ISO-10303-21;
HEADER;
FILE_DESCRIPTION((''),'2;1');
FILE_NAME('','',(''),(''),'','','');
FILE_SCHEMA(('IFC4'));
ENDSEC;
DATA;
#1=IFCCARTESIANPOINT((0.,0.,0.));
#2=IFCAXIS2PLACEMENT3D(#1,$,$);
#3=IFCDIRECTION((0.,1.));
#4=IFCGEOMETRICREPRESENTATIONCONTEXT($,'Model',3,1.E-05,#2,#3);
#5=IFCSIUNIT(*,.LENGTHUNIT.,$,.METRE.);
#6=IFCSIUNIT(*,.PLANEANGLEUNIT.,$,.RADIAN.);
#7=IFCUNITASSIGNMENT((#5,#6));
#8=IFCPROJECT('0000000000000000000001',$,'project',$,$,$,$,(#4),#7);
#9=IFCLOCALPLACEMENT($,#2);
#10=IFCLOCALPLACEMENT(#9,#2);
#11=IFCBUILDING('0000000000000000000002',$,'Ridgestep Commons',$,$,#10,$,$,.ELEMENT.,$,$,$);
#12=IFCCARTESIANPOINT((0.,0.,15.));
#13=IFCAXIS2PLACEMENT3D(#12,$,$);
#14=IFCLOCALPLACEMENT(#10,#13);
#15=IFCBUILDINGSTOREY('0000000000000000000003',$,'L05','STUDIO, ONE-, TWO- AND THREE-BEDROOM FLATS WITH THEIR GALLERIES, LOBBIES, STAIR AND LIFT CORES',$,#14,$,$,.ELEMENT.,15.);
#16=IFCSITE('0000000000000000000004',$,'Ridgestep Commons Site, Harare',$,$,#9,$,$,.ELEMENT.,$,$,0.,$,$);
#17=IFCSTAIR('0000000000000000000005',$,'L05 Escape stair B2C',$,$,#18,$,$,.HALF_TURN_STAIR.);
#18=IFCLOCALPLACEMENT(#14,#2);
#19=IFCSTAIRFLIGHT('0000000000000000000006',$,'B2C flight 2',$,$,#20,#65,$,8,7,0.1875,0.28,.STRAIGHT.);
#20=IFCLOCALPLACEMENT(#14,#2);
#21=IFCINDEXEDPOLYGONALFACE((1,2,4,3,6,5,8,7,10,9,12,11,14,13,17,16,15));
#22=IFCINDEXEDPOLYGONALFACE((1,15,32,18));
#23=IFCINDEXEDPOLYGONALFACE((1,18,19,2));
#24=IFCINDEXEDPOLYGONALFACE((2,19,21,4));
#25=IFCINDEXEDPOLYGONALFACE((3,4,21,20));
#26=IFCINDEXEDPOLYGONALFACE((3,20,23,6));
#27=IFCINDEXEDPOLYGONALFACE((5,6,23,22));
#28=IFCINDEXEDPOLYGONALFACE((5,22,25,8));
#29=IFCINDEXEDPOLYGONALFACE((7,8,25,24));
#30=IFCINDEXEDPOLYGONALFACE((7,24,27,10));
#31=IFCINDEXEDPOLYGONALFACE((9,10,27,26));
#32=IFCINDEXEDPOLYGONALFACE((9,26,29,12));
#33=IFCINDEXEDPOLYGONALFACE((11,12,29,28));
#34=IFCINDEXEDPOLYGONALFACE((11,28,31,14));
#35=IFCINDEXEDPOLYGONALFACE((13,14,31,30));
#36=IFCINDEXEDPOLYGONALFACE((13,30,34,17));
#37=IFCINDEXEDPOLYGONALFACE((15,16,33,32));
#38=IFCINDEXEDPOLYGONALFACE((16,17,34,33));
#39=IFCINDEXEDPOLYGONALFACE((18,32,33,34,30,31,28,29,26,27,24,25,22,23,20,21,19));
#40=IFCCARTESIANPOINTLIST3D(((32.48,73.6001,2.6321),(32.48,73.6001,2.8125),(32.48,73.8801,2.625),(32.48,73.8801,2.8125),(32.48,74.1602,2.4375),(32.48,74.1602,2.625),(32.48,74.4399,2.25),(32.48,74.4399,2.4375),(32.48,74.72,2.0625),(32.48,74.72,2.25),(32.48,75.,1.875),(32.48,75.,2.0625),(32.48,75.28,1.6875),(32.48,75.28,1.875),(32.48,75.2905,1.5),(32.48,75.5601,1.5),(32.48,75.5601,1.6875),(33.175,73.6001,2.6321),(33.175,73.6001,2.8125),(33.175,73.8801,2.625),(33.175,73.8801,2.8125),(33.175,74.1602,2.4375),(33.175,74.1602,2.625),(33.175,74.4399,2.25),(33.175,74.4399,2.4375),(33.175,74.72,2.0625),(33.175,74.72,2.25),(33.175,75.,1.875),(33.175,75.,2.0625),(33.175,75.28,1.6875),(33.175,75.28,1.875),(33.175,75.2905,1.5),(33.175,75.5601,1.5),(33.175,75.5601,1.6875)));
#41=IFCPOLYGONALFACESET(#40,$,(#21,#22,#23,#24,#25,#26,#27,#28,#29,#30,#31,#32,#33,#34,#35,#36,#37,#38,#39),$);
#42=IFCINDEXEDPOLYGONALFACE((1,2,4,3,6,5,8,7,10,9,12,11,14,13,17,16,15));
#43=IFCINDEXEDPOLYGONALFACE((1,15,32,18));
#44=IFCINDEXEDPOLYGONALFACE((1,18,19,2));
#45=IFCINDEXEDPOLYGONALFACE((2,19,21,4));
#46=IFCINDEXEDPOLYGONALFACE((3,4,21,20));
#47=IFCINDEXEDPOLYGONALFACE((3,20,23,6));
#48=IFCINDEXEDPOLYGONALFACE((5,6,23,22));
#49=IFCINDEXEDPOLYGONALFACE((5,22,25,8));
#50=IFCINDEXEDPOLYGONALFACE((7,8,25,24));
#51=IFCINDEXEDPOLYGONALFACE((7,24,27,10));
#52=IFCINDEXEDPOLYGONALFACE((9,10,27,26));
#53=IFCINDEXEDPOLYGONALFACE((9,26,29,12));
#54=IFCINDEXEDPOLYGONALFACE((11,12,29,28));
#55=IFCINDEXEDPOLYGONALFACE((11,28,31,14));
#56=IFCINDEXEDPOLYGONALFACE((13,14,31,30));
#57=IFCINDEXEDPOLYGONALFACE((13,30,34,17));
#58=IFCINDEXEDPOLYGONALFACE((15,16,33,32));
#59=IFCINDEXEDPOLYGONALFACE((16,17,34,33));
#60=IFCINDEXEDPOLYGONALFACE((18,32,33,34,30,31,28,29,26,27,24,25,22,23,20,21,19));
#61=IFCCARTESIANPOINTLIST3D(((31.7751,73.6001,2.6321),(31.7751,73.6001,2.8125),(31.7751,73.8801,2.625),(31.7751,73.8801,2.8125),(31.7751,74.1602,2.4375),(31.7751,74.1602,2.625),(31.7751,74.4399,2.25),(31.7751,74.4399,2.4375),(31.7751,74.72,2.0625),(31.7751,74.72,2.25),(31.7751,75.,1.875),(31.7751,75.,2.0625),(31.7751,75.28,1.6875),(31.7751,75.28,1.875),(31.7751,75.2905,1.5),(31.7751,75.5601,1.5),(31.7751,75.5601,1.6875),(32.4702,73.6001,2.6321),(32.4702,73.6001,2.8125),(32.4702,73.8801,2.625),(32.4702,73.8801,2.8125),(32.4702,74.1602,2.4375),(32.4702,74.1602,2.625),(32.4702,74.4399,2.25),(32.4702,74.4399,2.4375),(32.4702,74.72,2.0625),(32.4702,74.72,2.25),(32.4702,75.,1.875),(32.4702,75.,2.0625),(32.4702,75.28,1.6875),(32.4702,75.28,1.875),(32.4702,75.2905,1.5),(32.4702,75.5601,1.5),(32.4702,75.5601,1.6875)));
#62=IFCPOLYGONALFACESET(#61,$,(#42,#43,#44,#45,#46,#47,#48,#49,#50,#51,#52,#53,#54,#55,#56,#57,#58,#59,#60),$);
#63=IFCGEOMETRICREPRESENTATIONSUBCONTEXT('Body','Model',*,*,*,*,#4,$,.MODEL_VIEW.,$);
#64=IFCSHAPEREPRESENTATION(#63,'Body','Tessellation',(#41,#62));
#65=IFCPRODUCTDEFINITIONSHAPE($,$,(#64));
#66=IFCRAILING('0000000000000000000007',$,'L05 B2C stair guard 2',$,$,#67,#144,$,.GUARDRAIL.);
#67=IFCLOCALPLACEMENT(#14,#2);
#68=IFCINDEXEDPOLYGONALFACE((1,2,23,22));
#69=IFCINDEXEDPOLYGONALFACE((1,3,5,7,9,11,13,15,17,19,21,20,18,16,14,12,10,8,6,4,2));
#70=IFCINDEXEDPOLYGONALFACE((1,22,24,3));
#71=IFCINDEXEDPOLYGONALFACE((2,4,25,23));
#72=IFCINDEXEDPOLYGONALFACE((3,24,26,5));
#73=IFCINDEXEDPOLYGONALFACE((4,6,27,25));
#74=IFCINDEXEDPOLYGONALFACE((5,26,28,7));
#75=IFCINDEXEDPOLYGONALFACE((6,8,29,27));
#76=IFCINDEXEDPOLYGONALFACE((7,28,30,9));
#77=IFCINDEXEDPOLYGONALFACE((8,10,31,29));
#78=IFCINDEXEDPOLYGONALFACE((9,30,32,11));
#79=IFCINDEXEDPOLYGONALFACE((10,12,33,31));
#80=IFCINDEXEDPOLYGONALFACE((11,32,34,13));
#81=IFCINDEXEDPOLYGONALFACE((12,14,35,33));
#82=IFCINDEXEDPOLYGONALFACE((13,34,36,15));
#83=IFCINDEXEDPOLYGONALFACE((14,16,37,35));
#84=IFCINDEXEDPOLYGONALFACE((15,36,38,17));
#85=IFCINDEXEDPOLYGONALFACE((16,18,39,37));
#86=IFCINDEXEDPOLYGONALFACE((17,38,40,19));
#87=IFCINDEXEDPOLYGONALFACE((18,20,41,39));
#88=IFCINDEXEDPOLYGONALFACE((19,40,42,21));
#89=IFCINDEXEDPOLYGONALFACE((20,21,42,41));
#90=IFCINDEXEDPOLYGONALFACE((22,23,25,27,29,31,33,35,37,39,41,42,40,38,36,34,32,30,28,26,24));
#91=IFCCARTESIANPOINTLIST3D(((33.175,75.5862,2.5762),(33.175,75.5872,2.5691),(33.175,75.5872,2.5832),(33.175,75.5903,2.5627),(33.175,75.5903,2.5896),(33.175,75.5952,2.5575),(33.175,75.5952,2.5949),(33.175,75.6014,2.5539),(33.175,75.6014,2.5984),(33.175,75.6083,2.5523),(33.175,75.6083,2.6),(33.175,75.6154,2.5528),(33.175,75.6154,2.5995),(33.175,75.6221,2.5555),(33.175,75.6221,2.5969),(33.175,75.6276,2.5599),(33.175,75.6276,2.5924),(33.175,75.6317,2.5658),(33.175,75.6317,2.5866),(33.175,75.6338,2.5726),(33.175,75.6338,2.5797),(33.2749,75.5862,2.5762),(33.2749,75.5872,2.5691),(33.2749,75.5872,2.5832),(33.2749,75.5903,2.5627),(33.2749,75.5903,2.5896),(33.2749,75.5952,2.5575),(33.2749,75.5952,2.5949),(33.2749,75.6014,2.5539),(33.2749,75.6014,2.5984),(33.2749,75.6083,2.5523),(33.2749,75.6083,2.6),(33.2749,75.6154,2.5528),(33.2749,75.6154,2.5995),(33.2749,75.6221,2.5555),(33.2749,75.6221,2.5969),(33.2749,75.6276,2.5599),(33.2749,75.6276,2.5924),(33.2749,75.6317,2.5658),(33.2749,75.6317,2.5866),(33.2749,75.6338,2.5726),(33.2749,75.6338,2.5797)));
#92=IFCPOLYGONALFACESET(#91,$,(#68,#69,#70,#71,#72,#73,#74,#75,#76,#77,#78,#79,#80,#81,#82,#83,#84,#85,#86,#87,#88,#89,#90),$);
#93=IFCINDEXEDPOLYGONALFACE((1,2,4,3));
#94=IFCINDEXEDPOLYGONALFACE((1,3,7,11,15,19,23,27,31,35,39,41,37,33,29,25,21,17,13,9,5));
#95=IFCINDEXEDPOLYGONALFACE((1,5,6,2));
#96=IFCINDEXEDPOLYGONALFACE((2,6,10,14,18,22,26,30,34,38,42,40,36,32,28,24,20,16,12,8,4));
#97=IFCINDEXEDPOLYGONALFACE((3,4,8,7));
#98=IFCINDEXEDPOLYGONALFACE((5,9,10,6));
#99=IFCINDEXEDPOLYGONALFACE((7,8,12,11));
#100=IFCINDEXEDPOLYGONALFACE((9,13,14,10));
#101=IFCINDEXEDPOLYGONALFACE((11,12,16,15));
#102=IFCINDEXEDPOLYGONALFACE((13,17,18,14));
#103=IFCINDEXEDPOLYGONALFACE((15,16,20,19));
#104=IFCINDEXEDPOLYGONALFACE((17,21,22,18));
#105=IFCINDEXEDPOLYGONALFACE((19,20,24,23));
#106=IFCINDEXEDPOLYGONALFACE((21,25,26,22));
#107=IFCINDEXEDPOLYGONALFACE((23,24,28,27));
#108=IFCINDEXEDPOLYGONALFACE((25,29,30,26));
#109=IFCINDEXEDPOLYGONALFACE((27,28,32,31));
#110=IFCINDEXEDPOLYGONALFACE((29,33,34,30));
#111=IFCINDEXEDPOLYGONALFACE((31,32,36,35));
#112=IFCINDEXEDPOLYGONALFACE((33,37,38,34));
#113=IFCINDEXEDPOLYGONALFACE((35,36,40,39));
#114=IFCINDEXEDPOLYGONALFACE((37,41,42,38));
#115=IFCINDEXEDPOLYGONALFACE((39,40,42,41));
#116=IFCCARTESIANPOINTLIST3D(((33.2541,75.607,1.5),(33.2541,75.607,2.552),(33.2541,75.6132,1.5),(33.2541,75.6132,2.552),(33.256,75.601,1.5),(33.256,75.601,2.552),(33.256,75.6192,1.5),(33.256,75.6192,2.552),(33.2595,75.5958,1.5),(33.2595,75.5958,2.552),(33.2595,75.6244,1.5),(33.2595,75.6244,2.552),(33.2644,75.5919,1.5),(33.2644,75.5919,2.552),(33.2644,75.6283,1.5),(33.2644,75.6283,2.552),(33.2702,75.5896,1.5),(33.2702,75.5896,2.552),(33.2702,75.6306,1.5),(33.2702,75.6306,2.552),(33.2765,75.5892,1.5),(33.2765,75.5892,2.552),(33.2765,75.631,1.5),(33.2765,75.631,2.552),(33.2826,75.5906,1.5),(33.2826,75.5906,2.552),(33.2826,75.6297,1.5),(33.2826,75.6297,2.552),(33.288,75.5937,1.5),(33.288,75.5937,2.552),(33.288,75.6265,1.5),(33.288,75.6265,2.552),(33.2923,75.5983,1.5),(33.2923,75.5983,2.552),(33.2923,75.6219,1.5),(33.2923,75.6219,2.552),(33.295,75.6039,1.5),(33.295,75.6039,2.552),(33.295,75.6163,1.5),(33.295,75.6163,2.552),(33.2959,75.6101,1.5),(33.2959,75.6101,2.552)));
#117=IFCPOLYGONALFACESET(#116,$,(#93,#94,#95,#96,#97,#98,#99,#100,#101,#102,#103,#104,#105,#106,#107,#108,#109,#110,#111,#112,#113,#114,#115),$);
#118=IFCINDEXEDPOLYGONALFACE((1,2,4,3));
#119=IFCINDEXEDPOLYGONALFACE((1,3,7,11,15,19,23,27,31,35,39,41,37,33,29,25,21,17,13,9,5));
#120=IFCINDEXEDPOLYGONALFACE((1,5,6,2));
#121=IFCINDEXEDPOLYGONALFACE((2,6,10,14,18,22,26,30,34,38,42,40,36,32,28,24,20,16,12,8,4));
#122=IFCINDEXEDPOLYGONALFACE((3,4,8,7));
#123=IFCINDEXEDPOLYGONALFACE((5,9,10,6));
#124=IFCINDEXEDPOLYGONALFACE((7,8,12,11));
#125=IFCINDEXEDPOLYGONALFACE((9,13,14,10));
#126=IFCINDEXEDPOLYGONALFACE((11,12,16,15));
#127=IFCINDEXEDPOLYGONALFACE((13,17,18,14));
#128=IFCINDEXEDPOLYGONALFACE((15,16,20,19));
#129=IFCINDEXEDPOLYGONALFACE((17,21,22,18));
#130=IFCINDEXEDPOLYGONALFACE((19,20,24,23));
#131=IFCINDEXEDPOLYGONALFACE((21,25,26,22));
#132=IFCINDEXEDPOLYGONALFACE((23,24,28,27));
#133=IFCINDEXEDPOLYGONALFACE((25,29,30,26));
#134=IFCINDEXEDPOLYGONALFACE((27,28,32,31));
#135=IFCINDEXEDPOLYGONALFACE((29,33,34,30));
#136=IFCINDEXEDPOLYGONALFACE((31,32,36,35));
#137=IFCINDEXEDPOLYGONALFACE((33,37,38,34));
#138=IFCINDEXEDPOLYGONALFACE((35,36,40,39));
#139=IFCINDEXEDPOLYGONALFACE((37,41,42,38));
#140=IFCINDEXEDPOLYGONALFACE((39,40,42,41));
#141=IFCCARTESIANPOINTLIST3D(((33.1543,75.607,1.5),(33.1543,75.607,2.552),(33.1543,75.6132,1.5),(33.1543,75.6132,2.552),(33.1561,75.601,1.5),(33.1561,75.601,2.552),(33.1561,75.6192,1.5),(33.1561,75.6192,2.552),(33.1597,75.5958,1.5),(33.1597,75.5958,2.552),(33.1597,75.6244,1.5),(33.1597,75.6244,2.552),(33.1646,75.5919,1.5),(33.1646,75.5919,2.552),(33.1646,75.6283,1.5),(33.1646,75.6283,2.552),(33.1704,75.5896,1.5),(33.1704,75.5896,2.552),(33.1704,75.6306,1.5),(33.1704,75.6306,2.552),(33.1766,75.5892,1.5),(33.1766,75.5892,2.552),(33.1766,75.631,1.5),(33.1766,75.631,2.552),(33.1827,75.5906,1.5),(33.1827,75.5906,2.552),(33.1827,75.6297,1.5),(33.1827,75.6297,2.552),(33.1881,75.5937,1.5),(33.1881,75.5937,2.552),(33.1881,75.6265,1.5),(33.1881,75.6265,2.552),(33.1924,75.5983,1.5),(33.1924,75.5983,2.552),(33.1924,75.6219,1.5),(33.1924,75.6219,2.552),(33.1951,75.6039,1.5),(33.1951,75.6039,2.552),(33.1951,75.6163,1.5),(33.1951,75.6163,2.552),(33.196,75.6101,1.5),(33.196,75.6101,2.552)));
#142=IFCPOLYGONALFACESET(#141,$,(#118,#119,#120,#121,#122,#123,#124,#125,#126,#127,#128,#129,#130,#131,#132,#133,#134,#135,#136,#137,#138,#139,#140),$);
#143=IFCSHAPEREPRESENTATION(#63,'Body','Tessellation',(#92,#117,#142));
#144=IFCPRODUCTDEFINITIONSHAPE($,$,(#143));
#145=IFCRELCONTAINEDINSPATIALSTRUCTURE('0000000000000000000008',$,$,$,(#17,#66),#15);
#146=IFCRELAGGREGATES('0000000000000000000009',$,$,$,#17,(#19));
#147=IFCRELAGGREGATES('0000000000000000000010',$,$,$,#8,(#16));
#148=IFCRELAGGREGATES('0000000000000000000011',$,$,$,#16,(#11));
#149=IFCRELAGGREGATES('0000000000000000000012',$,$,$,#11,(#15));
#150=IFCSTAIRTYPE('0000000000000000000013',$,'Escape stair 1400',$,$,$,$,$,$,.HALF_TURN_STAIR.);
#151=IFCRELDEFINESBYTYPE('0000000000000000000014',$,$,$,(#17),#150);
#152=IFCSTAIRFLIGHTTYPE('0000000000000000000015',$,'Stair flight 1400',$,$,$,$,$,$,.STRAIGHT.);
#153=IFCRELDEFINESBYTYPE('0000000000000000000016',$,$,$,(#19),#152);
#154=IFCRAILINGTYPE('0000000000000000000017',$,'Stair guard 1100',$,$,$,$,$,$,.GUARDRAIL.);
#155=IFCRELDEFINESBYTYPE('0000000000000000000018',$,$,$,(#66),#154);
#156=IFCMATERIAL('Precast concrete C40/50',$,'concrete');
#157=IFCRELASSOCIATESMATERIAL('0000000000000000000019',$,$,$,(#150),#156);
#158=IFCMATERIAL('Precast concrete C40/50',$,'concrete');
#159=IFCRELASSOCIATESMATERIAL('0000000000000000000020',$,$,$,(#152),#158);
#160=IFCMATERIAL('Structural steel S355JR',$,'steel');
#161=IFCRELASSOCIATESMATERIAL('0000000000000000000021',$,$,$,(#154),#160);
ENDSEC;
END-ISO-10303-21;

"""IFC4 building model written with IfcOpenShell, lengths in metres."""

from ifc_helpers import new_model, si_unit, direction, frame, origin, origin_2d, place, context, subcontext, project, spatial, polyline, circle, outline, extrude, material, type_object, element, aggregate, save


model = new_model("IFC4")

# Units and contexts
model_context = context("Model", 3, precision=1e-05, world=origin(), true_north=direction((0.0, 1.0)))
body_context = subcontext(model_context, "Body", "Model", "MODEL_VIEW")
ifc_project = project(units=[si_unit("LENGTHUNIT", "METRE"), si_unit("PLANEANGLEUNIT", "RADIAN")], contexts=[model_context])

# Site, building, storey
site_placement = place(None, origin())
site = spatial("IfcSite", under=ifc_project, at=site_placement, Name="Ridgestep Commons Site, Harare", CompositionType="ELEMENT", RefElevation=0.0)
building_placement = place(site_placement, origin())
building = spatial("IfcBuilding", under=site, at=building_placement, Name="Ridgestep Commons", CompositionType="ELEMENT")
storey_placement = place(building_placement, frame((0.0, 0.0, 15.0)))
storey = spatial("IfcBuildingStorey", under=building, at=storey_placement, Name="L05", Description="STUDIO, ONE-, TWO- AND THREE-BEDROOM FLATS WITH THEIR GALLERIES, LOBBIES, STAIR AND LIFT CORES", CompositionType="ELEMENT", Elevation=15.0)

# Stair, stair flight
ifc_material_1 = material(Name="Precast concrete C40/50", Category="concrete")
stair_type = type_object("IfcStairType", Name="Escape stair 1400", PredefinedType="HALF_TURN_STAIR", material=ifc_material_1)
stair_placement = place(storey_placement, origin())
stair = element("IfcStair", 1, at=stair_placement, inside=storey, type_object=stair_type, Name="L05 Escape stair B2C", PredefinedType="HALF_TURN_STAIR")
ifc_material_2 = material(Name="Precast concrete C40/50", Category="concrete")
stair_flight_type = type_object("IfcStairFlightType", Name="Stair flight 1400", PredefinedType="STRAIGHT", material=ifc_material_2)
stair_flight_placement = place(storey_placement, frame((32.4751, 75.5601, 1.5), z_axis=(0.0, 0.0, 1.0), x_axis=(0.0, -1.0, 0.0)))
stair_flight = element("IfcStairFlight", 2, at=stair_flight_placement, type_object=stair_flight_type, Name="B2C flight 2", NumberOfRisers=8, NumberOfTreads=7, PredefinedType="STRAIGHT", RiserHeight=0.1875, TreadLength=0.28, context=body_context, shape_type="SweptSolid", body=[
    extrude(outline(polyline([(0.0, 0.0), (0.0, 0.1875), (0.28, 0.1875), (0.28, 0.375), (0.5601, 0.375), (0.5601, 0.5625), (0.8401, 0.5625), (0.8401, 0.75), (1.1201, 0.75), (1.1201, 0.9375), (1.3999, 0.9375), (1.3999, 1.125), (1.6799, 1.125), (1.6799, 1.3125), (1.96, 1.3125), (1.96, 1.5), (1.96, 1.1321), (0.2695, 0.0), (0.0, 0.0)])), frame((0.0, 0.7, 0.0), z_axis=(0.0, -1.0, 0.0), x_axis=(1.0, 0.0, 0.0)), (0.0, 0.0, 1.0), 0.6951),
    extrude(outline(polyline([(0.0, 0.0), (0.0, 0.1875), (0.28, 0.1875), (0.28, 0.375), (0.5601, 0.375), (0.5601, 0.5625), (0.8401, 0.5625), (0.8401, 0.75), (1.1201, 0.75), (1.1201, 0.9375), (1.3999, 0.9375), (1.3999, 1.125), (1.6799, 1.125), (1.6799, 1.3125), (1.96, 1.3125), (1.96, 1.5), (1.96, 1.1321), (0.2695, 0.0), (0.0, 0.0)])), frame((0.0, -0.0049, 0.0), z_axis=(0.0, -1.0, 0.0), x_axis=(1.0, 0.0, 0.0)), (0.0, 0.0, 1.0), 0.6951),
])
aggregate(stair, [stair_flight])

# Railing
ifc_material_3 = material(Name="Structural steel S355JR", Category="steel")
railing_type = type_object("IfcRailingType", Name="Stair guard 1100", PredefinedType="GUARDRAIL", material=ifc_material_3)
railing_1_placement = place(storey_placement, frame((33.2749, 75.6101, 1.5)))
element("IfcRailing", 3, at=railing_1_placement, inside=storey, type_object=railing_type, Name="L05 B2C stair guard 2", PredefinedType="GUARDRAIL", context=body_context, shape_type="SweptSolid", body=[
    extrude(circle(Radius=0.0239, at=origin_2d()), frame((0.0, 0.0, 1.0762), z_axis=(-1.0, 0.0, 0.0), x_axis=(0.0, -1.0, 0.0)), (0.0, 0.0, 1.0), 0.0999),
    extrude(circle(Radius=0.021, at=origin_2d()), origin(), (0.0, 0.0, 1.0), 1.052),
    extrude(circle(Radius=0.021, at=origin_2d()), frame((-0.0999, 0.0, 0.0)), (0.0, 0.0, 1.0), 1.052),
])

save(model, "model.ifc")
